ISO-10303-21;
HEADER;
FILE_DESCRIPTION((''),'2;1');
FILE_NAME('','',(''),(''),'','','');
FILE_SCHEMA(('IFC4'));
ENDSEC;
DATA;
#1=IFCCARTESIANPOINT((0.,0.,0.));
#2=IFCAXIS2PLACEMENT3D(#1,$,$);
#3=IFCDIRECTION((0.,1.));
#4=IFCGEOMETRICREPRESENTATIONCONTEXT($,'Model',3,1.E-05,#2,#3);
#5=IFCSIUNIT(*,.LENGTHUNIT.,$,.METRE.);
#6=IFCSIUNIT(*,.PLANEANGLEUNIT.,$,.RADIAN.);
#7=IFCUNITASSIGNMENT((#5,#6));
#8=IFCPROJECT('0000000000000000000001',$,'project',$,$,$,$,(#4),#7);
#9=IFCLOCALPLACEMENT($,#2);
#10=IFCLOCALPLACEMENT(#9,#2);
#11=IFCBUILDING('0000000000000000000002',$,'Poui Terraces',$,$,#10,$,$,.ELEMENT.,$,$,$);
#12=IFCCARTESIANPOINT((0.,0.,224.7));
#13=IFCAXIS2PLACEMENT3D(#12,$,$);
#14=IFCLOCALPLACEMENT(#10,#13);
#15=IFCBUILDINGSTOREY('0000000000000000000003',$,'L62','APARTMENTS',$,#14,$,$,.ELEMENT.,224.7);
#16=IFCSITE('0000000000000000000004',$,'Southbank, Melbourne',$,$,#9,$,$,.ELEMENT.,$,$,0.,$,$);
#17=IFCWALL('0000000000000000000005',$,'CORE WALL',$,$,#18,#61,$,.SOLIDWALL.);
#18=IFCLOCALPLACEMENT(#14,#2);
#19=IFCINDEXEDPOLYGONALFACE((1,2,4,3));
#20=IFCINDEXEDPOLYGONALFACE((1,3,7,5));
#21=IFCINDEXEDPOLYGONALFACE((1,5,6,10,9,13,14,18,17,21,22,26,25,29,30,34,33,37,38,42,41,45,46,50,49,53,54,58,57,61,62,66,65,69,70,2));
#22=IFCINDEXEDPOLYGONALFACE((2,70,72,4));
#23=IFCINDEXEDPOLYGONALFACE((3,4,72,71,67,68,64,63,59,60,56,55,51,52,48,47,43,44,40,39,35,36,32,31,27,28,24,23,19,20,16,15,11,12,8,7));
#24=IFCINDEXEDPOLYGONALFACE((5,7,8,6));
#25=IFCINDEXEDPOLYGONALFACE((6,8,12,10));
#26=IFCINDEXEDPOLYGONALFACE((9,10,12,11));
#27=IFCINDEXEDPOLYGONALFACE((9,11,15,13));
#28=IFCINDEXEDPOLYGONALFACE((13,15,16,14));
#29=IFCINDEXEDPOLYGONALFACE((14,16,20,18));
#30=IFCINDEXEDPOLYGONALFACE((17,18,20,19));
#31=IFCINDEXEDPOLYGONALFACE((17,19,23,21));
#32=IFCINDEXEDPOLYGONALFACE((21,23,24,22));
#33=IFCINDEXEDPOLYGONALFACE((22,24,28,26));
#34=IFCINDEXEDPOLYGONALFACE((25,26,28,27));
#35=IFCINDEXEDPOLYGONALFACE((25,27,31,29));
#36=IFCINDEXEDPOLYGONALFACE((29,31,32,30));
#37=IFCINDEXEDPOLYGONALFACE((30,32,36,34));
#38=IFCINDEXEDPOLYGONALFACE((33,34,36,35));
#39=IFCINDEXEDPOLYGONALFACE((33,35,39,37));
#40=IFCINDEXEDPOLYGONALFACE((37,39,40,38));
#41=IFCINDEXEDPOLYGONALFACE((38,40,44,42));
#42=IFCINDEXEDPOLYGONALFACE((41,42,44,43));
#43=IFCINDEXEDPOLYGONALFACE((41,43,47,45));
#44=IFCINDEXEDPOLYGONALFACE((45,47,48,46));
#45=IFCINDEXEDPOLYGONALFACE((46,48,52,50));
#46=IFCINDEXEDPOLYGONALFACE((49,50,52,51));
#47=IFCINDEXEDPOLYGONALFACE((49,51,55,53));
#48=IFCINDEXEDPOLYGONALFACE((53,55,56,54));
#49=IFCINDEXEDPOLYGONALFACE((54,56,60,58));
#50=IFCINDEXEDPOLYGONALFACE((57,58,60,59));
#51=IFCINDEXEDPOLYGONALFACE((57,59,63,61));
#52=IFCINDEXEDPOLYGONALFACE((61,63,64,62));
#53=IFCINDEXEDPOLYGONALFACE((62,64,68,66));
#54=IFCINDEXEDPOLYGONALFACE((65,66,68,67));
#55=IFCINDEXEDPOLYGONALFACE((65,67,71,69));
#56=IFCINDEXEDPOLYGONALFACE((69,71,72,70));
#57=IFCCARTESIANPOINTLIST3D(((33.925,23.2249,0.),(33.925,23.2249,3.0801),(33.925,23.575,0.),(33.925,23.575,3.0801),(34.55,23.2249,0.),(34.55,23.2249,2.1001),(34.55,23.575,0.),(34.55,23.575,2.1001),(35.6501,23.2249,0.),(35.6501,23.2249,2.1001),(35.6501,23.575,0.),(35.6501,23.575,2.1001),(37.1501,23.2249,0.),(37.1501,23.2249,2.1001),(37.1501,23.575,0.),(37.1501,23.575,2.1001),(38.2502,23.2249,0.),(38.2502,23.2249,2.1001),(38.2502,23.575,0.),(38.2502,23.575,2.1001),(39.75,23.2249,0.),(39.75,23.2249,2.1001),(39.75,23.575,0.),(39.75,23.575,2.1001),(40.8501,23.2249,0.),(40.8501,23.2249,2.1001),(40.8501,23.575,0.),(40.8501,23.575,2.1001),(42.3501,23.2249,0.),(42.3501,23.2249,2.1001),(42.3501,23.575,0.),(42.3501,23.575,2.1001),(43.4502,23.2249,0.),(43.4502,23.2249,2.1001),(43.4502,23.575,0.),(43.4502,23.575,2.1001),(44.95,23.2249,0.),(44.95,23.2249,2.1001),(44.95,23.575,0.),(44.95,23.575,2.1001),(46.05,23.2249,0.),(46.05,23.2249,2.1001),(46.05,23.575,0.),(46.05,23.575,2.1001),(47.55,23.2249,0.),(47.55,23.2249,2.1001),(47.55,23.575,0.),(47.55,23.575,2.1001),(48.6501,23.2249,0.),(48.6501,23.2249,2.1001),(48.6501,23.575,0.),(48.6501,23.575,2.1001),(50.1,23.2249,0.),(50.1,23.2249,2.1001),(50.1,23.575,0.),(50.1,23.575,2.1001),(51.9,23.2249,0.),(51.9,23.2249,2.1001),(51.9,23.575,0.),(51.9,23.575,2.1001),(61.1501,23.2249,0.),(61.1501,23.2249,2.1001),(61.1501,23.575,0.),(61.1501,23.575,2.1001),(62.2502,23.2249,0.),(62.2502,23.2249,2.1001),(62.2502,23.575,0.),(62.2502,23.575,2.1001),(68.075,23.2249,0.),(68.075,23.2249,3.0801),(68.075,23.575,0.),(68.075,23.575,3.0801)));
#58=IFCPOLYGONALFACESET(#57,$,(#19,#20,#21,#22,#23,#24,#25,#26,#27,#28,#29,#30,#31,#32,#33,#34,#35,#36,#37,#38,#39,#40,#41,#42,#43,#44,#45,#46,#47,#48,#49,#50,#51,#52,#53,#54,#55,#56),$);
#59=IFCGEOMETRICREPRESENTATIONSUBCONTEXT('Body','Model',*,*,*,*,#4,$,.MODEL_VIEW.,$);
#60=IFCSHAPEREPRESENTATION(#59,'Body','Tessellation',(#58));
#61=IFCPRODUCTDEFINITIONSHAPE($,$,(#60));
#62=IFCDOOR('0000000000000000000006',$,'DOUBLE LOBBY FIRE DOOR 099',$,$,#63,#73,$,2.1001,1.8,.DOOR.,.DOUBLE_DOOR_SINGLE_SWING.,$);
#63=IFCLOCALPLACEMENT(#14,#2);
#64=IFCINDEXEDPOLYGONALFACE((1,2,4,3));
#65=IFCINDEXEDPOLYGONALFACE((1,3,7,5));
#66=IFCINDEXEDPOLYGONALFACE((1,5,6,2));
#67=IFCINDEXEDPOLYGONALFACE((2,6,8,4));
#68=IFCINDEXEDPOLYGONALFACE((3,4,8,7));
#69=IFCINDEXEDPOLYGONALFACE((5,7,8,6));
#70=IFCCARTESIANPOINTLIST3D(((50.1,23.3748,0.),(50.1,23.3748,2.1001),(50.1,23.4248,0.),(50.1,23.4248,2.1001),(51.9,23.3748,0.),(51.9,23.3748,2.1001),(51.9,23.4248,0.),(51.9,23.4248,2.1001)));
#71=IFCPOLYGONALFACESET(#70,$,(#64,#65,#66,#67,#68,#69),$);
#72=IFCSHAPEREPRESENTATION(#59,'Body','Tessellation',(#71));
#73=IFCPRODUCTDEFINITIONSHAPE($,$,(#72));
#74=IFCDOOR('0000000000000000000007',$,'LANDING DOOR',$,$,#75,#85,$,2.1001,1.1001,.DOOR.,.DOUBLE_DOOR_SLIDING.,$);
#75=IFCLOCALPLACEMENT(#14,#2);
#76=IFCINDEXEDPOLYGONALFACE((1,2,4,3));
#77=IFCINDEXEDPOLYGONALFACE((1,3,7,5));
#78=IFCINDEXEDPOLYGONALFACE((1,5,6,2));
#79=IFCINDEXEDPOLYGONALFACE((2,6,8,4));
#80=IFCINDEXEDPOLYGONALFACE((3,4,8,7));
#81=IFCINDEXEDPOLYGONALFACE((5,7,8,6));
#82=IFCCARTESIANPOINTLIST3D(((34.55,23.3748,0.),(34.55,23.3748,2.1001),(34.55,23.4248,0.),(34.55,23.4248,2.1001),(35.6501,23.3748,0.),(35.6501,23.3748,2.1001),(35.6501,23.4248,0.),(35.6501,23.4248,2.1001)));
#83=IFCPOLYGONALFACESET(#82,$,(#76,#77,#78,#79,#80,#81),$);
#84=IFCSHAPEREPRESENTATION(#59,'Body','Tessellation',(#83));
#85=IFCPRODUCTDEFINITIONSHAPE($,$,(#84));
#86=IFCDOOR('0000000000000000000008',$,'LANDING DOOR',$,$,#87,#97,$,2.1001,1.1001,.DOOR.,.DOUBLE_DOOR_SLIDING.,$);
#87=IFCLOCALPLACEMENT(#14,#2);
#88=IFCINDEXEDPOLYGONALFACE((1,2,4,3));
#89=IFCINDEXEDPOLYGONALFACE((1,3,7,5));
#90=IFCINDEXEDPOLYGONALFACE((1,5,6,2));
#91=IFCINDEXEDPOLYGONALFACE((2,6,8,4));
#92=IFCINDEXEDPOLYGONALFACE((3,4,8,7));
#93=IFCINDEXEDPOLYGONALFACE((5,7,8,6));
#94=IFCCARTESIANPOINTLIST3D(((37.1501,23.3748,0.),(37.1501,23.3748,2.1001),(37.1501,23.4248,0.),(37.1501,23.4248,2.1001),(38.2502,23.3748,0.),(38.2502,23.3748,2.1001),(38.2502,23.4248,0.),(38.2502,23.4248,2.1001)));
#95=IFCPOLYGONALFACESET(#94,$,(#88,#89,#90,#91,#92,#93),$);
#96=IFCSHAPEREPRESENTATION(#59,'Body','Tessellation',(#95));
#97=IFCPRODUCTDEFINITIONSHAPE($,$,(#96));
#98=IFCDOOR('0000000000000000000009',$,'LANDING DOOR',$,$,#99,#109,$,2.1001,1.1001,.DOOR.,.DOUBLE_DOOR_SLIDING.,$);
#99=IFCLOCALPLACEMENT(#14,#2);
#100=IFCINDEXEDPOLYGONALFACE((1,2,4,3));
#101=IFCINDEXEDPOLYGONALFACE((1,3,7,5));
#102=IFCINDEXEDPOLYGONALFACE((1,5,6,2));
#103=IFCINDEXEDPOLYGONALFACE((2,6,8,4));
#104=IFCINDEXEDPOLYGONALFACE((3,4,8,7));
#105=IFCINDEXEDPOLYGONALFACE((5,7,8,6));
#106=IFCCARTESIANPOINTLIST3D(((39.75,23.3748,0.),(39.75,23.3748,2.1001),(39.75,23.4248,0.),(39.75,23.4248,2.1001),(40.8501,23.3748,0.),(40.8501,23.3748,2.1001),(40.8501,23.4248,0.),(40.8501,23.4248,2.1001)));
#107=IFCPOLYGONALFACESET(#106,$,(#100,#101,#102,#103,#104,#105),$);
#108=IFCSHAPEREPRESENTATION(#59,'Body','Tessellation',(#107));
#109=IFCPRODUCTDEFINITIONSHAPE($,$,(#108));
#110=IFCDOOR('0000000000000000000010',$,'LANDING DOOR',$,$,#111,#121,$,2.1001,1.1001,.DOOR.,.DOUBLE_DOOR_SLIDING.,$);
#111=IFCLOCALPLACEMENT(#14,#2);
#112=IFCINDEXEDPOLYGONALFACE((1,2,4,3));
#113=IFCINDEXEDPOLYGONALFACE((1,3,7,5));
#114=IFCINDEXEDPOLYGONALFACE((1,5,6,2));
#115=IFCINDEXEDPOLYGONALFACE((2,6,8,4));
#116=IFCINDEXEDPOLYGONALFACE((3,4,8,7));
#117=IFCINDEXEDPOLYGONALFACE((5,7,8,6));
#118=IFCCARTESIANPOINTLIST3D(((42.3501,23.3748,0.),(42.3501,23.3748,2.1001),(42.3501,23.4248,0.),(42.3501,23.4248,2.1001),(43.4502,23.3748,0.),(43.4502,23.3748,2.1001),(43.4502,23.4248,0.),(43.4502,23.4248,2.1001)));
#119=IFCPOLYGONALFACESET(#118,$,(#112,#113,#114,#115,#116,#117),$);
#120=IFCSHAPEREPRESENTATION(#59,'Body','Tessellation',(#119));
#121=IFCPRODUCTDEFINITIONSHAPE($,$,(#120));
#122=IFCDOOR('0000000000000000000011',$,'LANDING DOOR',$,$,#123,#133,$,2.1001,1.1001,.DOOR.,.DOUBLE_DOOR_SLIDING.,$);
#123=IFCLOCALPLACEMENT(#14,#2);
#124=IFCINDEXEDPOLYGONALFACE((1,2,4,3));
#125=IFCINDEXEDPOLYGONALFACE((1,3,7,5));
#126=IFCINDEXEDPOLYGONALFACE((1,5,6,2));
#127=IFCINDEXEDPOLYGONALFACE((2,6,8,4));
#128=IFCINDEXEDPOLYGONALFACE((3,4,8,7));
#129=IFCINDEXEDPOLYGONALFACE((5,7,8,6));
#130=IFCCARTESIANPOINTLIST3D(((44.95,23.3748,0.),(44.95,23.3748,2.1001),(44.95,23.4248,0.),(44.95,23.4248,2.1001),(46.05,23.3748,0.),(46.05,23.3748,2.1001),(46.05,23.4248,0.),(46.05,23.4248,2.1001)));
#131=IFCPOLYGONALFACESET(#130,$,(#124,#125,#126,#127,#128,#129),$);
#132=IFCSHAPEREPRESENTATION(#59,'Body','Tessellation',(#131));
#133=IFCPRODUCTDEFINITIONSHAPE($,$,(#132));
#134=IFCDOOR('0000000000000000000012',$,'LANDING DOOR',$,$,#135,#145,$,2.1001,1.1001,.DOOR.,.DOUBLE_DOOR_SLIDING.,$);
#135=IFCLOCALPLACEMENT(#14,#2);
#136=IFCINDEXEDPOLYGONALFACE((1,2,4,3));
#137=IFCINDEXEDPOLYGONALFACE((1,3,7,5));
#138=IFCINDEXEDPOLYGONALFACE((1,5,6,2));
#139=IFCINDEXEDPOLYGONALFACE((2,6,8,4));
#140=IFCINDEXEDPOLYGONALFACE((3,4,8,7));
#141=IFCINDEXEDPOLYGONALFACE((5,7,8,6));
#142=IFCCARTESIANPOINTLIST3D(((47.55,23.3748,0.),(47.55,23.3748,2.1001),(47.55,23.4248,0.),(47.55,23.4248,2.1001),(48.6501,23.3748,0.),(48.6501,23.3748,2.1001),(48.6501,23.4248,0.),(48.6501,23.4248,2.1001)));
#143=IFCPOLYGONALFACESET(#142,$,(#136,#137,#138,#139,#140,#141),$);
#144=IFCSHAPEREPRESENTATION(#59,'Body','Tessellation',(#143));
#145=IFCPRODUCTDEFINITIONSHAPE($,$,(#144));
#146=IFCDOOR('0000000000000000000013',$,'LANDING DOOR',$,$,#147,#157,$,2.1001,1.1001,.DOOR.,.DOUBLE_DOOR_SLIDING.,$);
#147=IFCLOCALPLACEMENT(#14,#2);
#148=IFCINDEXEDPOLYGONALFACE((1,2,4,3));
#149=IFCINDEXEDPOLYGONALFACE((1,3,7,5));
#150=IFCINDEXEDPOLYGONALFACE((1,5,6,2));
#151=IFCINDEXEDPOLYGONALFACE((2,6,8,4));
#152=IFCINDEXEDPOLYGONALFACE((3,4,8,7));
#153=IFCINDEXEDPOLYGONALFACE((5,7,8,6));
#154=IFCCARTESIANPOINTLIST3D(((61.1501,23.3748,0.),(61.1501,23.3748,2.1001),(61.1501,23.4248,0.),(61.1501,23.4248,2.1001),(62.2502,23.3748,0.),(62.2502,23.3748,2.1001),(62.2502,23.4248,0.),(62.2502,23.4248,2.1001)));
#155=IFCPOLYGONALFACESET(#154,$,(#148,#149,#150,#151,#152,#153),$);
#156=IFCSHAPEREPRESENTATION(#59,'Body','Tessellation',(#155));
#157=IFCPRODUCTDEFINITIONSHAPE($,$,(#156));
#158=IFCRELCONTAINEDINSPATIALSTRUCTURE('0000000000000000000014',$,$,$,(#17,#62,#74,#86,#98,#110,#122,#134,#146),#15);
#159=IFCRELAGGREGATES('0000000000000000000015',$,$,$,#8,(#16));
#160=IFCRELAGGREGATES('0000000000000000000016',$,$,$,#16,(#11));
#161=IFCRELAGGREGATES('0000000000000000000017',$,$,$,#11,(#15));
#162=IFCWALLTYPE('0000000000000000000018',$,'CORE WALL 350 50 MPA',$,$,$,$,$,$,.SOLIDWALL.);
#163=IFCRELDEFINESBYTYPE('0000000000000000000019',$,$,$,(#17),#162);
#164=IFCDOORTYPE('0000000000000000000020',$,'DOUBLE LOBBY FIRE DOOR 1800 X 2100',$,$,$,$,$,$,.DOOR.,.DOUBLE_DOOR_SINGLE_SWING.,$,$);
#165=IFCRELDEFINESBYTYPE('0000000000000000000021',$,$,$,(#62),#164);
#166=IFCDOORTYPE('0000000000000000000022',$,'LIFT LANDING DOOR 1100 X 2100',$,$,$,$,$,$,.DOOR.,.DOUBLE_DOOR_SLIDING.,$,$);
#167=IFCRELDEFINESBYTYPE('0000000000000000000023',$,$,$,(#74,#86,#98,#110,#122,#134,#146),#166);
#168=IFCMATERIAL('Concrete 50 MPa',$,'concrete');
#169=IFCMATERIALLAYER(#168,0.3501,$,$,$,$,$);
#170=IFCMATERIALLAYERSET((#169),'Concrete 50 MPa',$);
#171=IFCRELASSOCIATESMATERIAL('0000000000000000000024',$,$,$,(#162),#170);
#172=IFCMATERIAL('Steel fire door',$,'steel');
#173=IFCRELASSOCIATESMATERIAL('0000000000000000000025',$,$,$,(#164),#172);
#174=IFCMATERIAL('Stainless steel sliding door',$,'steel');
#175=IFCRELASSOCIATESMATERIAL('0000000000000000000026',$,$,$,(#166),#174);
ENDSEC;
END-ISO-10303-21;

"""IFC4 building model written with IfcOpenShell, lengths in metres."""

from ifc_helpers import new_model, si_unit, direction, frame, frame_2d, origin, place, context, subcontext, project, spatial, rectangle, extrude, material, layer, layer_set, type_object, element, fill, save


model = new_model("IFC4")

# Units and contexts
model_context = context("Model", 3, precision=1e-05, world=origin(), true_north=direction((0.0, 1.0)))
body_context = subcontext(model_context, "Body", "Model", "MODEL_VIEW")
ifc_project = project(units=[si_unit("LENGTHUNIT", "METRE"), si_unit("PLANEANGLEUNIT", "RADIAN")], contexts=[model_context])

# Site, building, storey
site_placement = place(None, origin())
site = spatial("IfcSite", under=ifc_project, at=site_placement, Name="Southbank, Melbourne", CompositionType="ELEMENT", RefElevation=0.0)
building_placement = place(site_placement, origin())
building = spatial("IfcBuilding", under=site, at=building_placement, Name="Poui Terraces", CompositionType="ELEMENT")
storey_placement = place(building_placement, frame((0.0, 0.0, 224.7)))
storey = spatial("IfcBuildingStorey", under=building, at=storey_placement, Name="L62", Description="APARTMENTS", CompositionType="ELEMENT", Elevation=224.7)

# Shared definitions
ifc_material_1 = material(Name="Concrete 50 MPa", Category="concrete")

# Wall, openings, doors
ifc_layer_1 = layer(ifc_material_1, 0.3501)
ifc_layer_set_1 = layer_set([ifc_layer_1], Name="Concrete 50 MPa")
wall_type_1 = type_object("IfcWallType", Name="CORE WALL 350 50 MPA", PredefinedType="SOLIDWALL", material=ifc_layer_set_1)
wall_1_placement = place(storey_placement, frame((33.925, 23.3999, 0.0), z_axis=(0.0, 0.0, 1.0), x_axis=(1.0, 0.0, 0.0)))
wall_1 = element("IfcWall", 1, at=wall_1_placement, inside=storey, type_object=wall_type_1, Name="CORE WALL", PredefinedType="SOLIDWALL", context=body_context, shape_type="SweptSolid", body=[
    extrude(rectangle(XDim=34.1499, YDim=0.3501, at=frame_2d((17.075, 0.0))), origin(), (0.0, 0.0, 1.0), 3.0801),
])
opening_1_placement = place(wall_1_placement, frame((16.175, 0.0, 0.0)))
opening_1 = element("IfcOpeningElement", 2, at=opening_1_placement, cuts=wall_1, PredefinedType="OPENING", context=body_context, shape_type="SweptSolid", body=[
    extrude(rectangle(XDim=1.8, YDim=2.1001, at=frame_2d((0.8999, 1.05))), frame((0.0, 0.1851, 0.0), z_axis=(0.0, -1.0, 0.0), x_axis=(1.0, 0.0, 0.0)), (0.0, 0.0, 1.0), 0.3701),
])
opening_2_placement = place(wall_1_placement, frame((0.625, 0.0, 0.0)))
opening_2 = element("IfcOpeningElement", 3, at=opening_2_placement, cuts=wall_1, PredefinedType="OPENING", context=body_context, shape_type="SweptSolid", body=[
    extrude(rectangle(XDim=1.1001, YDim=2.1001, at=frame_2d((0.55, 1.05))), frame((0.0, 0.1851, 0.0), z_axis=(0.0, -1.0, 0.0), x_axis=(1.0, 0.0, 0.0)), (0.0, 0.0, 1.0), 0.3701),
])
opening_3_placement = place(wall_1_placement, frame((3.2251, 0.0, 0.0)))
opening_3 = element("IfcOpeningElement", 4, at=opening_3_placement, cuts=wall_1, PredefinedType="OPENING", context=body_context, shape_type="SweptSolid", body=[
    extrude(rectangle(XDim=1.1001, YDim=2.1001, at=frame_2d((0.55, 1.05))), frame((0.0, 0.1851, 0.0), z_axis=(0.0, -1.0, 0.0), x_axis=(1.0, 0.0, 0.0)), (0.0, 0.0, 1.0), 0.3701),
])
opening_4_placement = place(wall_1_placement, frame((5.825, 0.0, 0.0)))
opening_4 = element("IfcOpeningElement", 5, at=opening_4_placement, cuts=wall_1, PredefinedType="OPENING", context=body_context, shape_type="SweptSolid", body=[
    extrude(rectangle(XDim=1.1001, YDim=2.1001, at=frame_2d((0.55, 1.05))), frame((0.0, 0.1851, 0.0), z_axis=(0.0, -1.0, 0.0), x_axis=(1.0, 0.0, 0.0)), (0.0, 0.0, 1.0), 0.3701),
])
opening_5_placement = place(wall_1_placement, frame((8.425, 0.0, 0.0)))
opening_5 = element("IfcOpeningElement", 6, at=opening_5_placement, cuts=wall_1, PredefinedType="OPENING", context=body_context, shape_type="SweptSolid", body=[
    extrude(rectangle(XDim=1.1001, YDim=2.1001, at=frame_2d((0.55, 1.05))), frame((0.0, 0.1851, 0.0), z_axis=(0.0, -1.0, 0.0), x_axis=(1.0, 0.0, 0.0)), (0.0, 0.0, 1.0), 0.3701),
])
opening_6_placement = place(wall_1_placement, frame((11.0249, 0.0, 0.0)))
opening_6 = element("IfcOpeningElement", 7, at=opening_6_placement, cuts=wall_1, PredefinedType="OPENING", context=body_context, shape_type="SweptSolid", body=[
    extrude(rectangle(XDim=1.1001, YDim=2.1001, at=frame_2d((0.55, 1.05))), frame((0.0, 0.1851, 0.0), z_axis=(0.0, -1.0, 0.0), x_axis=(1.0, 0.0, 0.0)), (0.0, 0.0, 1.0), 0.3701),
])
opening_7_placement = place(wall_1_placement, frame((13.625, 0.0, 0.0)))
opening_7 = element("IfcOpeningElement", 8, at=opening_7_placement, cuts=wall_1, PredefinedType="OPENING", context=body_context, shape_type="SweptSolid", body=[
    extrude(rectangle(XDim=1.1001, YDim=2.1001, at=frame_2d((0.55, 1.05))), frame((0.0, 0.1851, 0.0), z_axis=(0.0, -1.0, 0.0), x_axis=(1.0, 0.0, 0.0)), (0.0, 0.0, 1.0), 0.3701),
])
opening_8_placement = place(wall_1_placement, frame((27.2251, 0.0, 0.0)))
opening_8 = element("IfcOpeningElement", 9, at=opening_8_placement, cuts=wall_1, PredefinedType="OPENING", context=body_context, shape_type="SweptSolid", body=[
    extrude(rectangle(XDim=1.1001, YDim=2.1001, at=frame_2d((0.55, 1.05))), frame((0.0, 0.1851, 0.0), z_axis=(0.0, -1.0, 0.0), x_axis=(1.0, 0.0, 0.0)), (0.0, 0.0, 1.0), 0.3701),
])
ifc_material_2 = material(Name="Steel fire door", Category="steel")
door_type_1 = type_object("IfcDoorType", Name="DOUBLE LOBBY FIRE DOOR 1800 X 2100", OperationType="DOUBLE_DOOR_SINGLE_SWING", PredefinedType="DOOR", material=ifc_material_2)
door_1_placement = place(opening_1_placement, origin())
door_1 = element("IfcDoor", 10, at=door_1_placement, inside=storey, type_object=door_type_1, Name="DOUBLE LOBBY FIRE DOOR 099", OperationType="DOUBLE_DOOR_SINGLE_SWING", OverallHeight=2.1001, OverallWidth=1.8, PredefinedType="DOOR", context=body_context, shape_type="SweptSolid", body=[
    extrude(rectangle(XDim=1.8, YDim=2.1001, at=frame_2d((0.8999, 1.05))), frame((0.0, 0.0249, 0.0), z_axis=(0.0, -1.0, 0.0), x_axis=(1.0, 0.0, 0.0)), (0.0, 0.0, 1.0), 0.05),
])
fill(opening_1, door_1)
ifc_material_3 = material(Name="Stainless steel sliding door", Category="steel")
door_type_2 = type_object("IfcDoorType", Name="LIFT LANDING DOOR 1100 X 2100", OperationType="DOUBLE_DOOR_SLIDING", PredefinedType="DOOR", material=ifc_material_3)
door_2_placement = place(opening_2_placement, origin())
door_2 = element("IfcDoor", 11, at=door_2_placement, inside=storey, type_object=door_type_2, Name="LANDING DOOR", OperationType="DOUBLE_DOOR_SLIDING", OverallHeight=2.1001, OverallWidth=1.1001, PredefinedType="DOOR", context=body_context, shape_type="SweptSolid", body=[
    extrude(rectangle(XDim=1.1001, YDim=2.1001, at=frame_2d((0.55, 1.05))), frame((0.0, 0.0249, 0.0), z_axis=(0.0, -1.0, 0.0), x_axis=(1.0, 0.0, 0.0)), (0.0, 0.0, 1.0), 0.05),
])
fill(opening_2, door_2)
door_3_placement = place(opening_3_placement, origin())
door_3 = element("IfcDoor", 12, at=door_3_placement, inside=storey, type_object=door_type_2, Name="LANDING DOOR", OperationType="DOUBLE_DOOR_SLIDING", OverallHeight=2.1001, OverallWidth=1.1001, PredefinedType="DOOR", context=body_context, shape_type="SweptSolid", body=[
    extrude(rectangle(XDim=1.1001, YDim=2.1001, at=frame_2d((0.55, 1.05))), frame((0.0, 0.0249, 0.0), z_axis=(0.0, -1.0, 0.0), x_axis=(1.0, 0.0, 0.0)), (0.0, 0.0, 1.0), 0.05),
])
fill(opening_3, door_3)
door_4_placement = place(opening_4_placement, origin())
door_4 = element("IfcDoor", 13, at=door_4_placement, inside=storey, type_object=door_type_2, Name="LANDING DOOR", OperationType="DOUBLE_DOOR_SLIDING", OverallHeight=2.1001, OverallWidth=1.1001, PredefinedType="DOOR", context=body_context, shape_type="SweptSolid", body=[
    extrude(rectangle(XDim=1.1001, YDim=2.1001, at=frame_2d((0.55, 1.05))), frame((0.0, 0.0249, 0.0), z_axis=(0.0, -1.0, 0.0), x_axis=(1.0, 0.0, 0.0)), (0.0, 0.0, 1.0), 0.05),
])
fill(opening_4, door_4)
door_5_placement = place(opening_5_placement, origin())
door_5 = element("IfcDoor", 14, at=door_5_placement, inside=storey, type_object=door_type_2, Name="LANDING DOOR", OperationType="DOUBLE_DOOR_SLIDING", OverallHeight=2.1001, OverallWidth=1.1001, PredefinedType="DOOR", context=body_context, shape_type="SweptSolid", body=[
    extrude(rectangle(XDim=1.1001, YDim=2.1001, at=frame_2d((0.55, 1.05))), frame((0.0, 0.0249, 0.0), z_axis=(0.0, -1.0, 0.0), x_axis=(1.0, 0.0, 0.0)), (0.0, 0.0, 1.0), 0.05),
])
fill(opening_5, door_5)
door_6_placement = place(opening_6_placement, origin())
door_6 = element("IfcDoor", 15, at=door_6_placement, inside=storey, type_object=door_type_2, Name="LANDING DOOR", OperationType="DOUBLE_DOOR_SLIDING", OverallHeight=2.1001, OverallWidth=1.1001, PredefinedType="DOOR", context=body_context, shape_type="SweptSolid", body=[
    extrude(rectangle(XDim=1.1001, YDim=2.1001, at=frame_2d((0.55, 1.05))), frame((0.0, 0.0249, 0.0), z_axis=(0.0, -1.0, 0.0), x_axis=(1.0, 0.0, 0.0)), (0.0, 0.0, 1.0), 0.05),
])
fill(opening_6, door_6)
door_7_placement = place(opening_7_placement, origin())
door_7 = element("IfcDoor", 16, at=door_7_placement, inside=storey, type_object=door_type_2, Name="LANDING DOOR", OperationType="DOUBLE_DOOR_SLIDING", OverallHeight=2.1001, OverallWidth=1.1001, PredefinedType="DOOR", context=body_context, shape_type="SweptSolid", body=[
    extrude(rectangle(XDim=1.1001, YDim=2.1001, at=frame_2d((0.55, 1.05))), frame((0.0, 0.0249, 0.0), z_axis=(0.0, -1.0, 0.0), x_axis=(1.0, 0.0, 0.0)), (0.0, 0.0, 1.0), 0.05),
])
fill(opening_7, door_7)
door_8_placement = place(opening_8_placement, origin())
door_8 = element("IfcDoor", 17, at=door_8_placement, inside=storey, type_object=door_type_2, Name="LANDING DOOR", OperationType="DOUBLE_DOOR_SLIDING", OverallHeight=2.1001, OverallWidth=1.1001, PredefinedType="DOOR", context=body_context, shape_type="SweptSolid", body=[
    extrude(rectangle(XDim=1.1001, YDim=2.1001, at=frame_2d((0.55, 1.05))), frame((0.0, 0.0249, 0.0), z_axis=(0.0, -1.0, 0.0), x_axis=(1.0, 0.0, 0.0)), (0.0, 0.0, 1.0), 0.05),
])
fill(opening_8, door_8)

save(model, "model.ifc")
